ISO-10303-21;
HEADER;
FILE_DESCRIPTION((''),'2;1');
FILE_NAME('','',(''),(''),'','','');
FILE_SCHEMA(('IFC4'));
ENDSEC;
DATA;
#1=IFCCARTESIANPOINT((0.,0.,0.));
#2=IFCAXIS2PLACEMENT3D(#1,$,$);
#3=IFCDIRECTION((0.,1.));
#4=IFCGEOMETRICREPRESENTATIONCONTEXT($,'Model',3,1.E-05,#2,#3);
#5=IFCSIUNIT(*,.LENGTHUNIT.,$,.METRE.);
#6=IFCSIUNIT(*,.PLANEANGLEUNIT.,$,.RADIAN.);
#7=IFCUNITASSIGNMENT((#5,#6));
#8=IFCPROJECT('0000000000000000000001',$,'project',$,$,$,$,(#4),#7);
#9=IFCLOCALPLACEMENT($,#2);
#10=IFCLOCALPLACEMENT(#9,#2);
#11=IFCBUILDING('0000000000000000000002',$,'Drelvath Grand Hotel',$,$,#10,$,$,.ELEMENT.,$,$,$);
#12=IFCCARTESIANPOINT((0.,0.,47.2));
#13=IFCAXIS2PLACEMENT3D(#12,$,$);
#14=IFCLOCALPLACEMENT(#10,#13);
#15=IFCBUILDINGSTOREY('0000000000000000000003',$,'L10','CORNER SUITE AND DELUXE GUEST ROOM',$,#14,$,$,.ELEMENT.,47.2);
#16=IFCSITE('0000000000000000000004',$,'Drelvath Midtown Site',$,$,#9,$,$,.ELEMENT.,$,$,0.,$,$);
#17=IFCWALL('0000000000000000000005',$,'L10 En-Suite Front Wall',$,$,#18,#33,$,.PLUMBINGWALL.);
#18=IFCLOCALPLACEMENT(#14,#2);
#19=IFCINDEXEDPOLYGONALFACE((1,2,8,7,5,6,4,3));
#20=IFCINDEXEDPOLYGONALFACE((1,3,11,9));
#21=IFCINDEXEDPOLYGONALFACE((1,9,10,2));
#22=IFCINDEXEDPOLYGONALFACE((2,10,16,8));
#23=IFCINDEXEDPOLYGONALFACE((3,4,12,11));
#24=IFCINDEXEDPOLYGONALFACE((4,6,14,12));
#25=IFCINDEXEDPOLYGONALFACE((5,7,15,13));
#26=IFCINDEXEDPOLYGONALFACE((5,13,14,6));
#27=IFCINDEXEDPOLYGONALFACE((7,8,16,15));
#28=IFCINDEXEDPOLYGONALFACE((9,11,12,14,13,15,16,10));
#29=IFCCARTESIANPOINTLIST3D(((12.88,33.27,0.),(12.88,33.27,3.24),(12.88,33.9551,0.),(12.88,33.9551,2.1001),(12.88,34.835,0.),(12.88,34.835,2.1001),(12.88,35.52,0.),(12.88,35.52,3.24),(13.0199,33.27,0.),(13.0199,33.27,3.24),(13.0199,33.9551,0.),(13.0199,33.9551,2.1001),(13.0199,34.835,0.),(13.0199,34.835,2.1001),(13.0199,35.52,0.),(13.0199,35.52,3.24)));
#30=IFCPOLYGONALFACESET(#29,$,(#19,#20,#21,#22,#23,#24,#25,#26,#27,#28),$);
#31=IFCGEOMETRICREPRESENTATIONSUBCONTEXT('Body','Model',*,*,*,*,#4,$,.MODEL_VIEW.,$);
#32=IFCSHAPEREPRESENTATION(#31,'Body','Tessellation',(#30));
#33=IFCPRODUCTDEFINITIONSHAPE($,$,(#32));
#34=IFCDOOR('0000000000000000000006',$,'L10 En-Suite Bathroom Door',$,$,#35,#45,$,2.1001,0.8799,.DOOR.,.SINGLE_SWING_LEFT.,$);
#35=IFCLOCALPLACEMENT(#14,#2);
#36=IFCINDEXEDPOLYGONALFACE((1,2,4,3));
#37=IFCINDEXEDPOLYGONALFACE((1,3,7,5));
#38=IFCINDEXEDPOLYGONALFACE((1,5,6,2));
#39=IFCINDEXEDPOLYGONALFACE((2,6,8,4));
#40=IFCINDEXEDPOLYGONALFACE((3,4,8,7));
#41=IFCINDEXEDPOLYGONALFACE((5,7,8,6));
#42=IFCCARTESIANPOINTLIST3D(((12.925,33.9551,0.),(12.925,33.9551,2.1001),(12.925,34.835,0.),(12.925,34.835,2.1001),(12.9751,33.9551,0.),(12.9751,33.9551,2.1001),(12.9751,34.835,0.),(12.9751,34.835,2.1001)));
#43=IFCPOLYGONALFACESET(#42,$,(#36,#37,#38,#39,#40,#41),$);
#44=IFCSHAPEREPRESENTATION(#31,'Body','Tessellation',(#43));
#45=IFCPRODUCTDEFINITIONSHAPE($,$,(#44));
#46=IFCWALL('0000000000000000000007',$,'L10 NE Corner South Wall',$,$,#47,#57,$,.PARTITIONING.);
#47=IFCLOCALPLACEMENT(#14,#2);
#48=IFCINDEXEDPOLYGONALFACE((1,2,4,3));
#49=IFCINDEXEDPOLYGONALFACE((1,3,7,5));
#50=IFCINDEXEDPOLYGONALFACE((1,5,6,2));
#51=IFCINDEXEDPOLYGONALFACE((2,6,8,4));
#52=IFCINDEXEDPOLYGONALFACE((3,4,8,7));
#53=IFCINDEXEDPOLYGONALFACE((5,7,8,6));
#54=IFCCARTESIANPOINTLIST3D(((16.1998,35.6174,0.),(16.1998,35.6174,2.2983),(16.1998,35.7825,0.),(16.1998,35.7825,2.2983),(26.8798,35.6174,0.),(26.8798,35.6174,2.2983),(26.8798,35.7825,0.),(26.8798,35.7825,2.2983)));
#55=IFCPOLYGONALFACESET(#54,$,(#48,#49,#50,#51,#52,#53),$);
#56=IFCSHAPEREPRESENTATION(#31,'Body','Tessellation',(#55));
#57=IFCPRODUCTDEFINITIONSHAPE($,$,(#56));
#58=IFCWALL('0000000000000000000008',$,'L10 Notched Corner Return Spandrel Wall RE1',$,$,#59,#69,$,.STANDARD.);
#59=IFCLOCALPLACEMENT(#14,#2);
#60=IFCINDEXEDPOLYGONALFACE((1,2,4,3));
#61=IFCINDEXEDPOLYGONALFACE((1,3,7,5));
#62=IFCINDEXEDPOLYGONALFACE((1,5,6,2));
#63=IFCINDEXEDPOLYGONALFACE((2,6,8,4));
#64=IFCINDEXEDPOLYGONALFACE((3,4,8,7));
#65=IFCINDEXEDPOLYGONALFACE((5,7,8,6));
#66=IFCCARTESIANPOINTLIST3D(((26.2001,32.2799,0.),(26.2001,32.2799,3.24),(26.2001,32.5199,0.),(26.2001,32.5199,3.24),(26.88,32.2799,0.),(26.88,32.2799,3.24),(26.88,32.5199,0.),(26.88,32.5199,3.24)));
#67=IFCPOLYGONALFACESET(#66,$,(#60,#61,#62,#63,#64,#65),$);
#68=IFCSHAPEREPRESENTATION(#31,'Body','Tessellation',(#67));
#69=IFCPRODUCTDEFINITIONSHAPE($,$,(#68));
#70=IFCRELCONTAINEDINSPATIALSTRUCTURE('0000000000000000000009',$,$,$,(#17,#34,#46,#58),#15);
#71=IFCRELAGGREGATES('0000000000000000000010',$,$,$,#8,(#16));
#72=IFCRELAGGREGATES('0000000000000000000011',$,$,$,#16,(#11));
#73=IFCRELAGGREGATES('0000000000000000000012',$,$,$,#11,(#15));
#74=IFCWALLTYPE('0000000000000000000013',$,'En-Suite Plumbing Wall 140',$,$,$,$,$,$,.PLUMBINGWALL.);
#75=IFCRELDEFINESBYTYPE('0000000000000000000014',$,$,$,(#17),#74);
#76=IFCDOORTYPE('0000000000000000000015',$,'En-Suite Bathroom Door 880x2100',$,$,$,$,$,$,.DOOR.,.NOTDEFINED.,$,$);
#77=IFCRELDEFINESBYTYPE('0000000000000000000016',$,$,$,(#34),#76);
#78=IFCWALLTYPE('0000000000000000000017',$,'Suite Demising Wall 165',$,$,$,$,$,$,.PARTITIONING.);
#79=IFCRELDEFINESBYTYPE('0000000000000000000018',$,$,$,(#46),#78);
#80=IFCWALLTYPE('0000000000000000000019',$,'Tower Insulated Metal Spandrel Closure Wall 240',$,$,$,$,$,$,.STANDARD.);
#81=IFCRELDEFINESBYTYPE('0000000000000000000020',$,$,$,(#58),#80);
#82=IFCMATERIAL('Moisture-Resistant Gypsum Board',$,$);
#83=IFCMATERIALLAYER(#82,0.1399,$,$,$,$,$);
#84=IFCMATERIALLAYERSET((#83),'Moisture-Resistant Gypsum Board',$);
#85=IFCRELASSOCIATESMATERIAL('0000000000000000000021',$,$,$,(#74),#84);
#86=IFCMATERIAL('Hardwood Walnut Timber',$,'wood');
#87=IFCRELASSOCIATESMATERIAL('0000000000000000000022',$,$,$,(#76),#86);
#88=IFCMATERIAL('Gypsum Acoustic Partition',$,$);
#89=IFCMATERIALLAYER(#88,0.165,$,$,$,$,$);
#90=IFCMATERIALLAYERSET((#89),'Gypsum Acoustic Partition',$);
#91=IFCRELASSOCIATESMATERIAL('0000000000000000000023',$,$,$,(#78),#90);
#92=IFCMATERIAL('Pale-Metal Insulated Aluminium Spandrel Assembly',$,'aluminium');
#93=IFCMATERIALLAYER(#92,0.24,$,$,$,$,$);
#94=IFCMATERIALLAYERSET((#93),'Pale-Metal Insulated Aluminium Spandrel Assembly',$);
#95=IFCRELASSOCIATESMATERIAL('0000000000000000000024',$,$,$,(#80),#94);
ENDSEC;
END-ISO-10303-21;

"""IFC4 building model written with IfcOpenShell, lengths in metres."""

from ifc_helpers import new_model, si_unit, direction, frame, frame_2d, origin, place, context, subcontext, project, spatial, rectangle, extrude, material, layer, layer_set, type_object, element, fill, save


model = new_model("IFC4")

# Units and contexts
model_context = context("Model", 3, precision=1e-05, world=origin(), true_north=direction((0.0, 1.0)))
body_context = subcontext(model_context, "Body", "Model", "MODEL_VIEW")
ifc_project = project(units=[si_unit("LENGTHUNIT", "METRE"), si_unit("PLANEANGLEUNIT", "RADIAN")], contexts=[model_context])

# Site, building, storey
site_placement = place(None, origin())
site = spatial("IfcSite", under=ifc_project, at=site_placement, Name="Drelvath Midtown Site", CompositionType="ELEMENT", RefElevation=0.0)
building_placement = place(site_placement, origin())
building = spatial("IfcBuilding", under=site, at=building_placement, Name="Drelvath Grand Hotel", CompositionType="ELEMENT")
storey_placement = place(building_placement, frame((0.0, 0.0, 47.2)))
storey = spatial("IfcBuildingStorey", under=building, at=storey_placement, Name="L10", Description="CORNER SUITE AND DELUXE GUEST ROOM", CompositionType="ELEMENT", Elevation=47.2)

# Shared definitions
ifc_material_1 = material(Name="Hardwood Walnut Timber", Category="wood")

# Shared definitions
ifc_material_2 = material(Name="Moisture-Resistant Gypsum Board")
ifc_layer_1 = layer(ifc_material_2, 0.1399)
ifc_layer_set_1 = layer_set([ifc_layer_1], Name="Moisture-Resistant Gypsum Board")
wall_type_1 = type_object("IfcWallType", Name="En-Suite Plumbing Wall 140", PredefinedType="PLUMBINGWALL", material=ifc_layer_set_1)

# Wall, opening, door
door_type_1 = type_object("IfcDoorType", Name="En-Suite Bathroom Door 880x2100", OperationType="NOTDEFINED", PredefinedType="DOOR", material=ifc_material_1)
wall_1_placement = place(storey_placement, frame((12.95, 33.27, 0.0), z_axis=(0.0, 0.0, 1.0), x_axis=(0.0, 1.0, 0.0)))
wall_1 = element("IfcWall", 1, at=wall_1_placement, inside=storey, type_object=wall_type_1, Name="L10 En-Suite Front Wall", PredefinedType="PLUMBINGWALL", context=body_context, shape_type="SweptSolid", body=[
    extrude(rectangle(XDim=2.25, YDim=0.1399, at=frame_2d((1.125, 0.0))), origin(), (0.0, 0.0, 1.0), 3.24),
])
opening_1_placement = place(wall_1_placement, frame((0.6851, 0.0, 0.0)))
opening_1 = element("IfcOpeningElement", 2, at=opening_1_placement, cuts=wall_1, PredefinedType="OPENING", context=body_context, shape_type="SweptSolid", body=[
    extrude(rectangle(XDim=0.8799, YDim=2.1001, at=frame_2d((0.4399, 1.05))), frame((0.0, 0.0798, 0.0), z_axis=(0.0, -1.0, 0.0), x_axis=(1.0, 0.0, 0.0)), (0.0, 0.0, 1.0), 0.1599),
])
door_1_placement = place(opening_1_placement, origin())
door_1 = element("IfcDoor", 3, at=door_1_placement, inside=storey, type_object=door_type_1, Name="L10 En-Suite Bathroom Door", OperationType="SINGLE_SWING_LEFT", OverallHeight=2.1001, OverallWidth=0.8799, PredefinedType="DOOR", context=body_context, shape_type="SweptSolid", body=[
    extrude(rectangle(XDim=0.8799, YDim=2.1001, at=frame_2d((0.4399, 1.05))), frame((0.0, 0.0249, 0.0), z_axis=(0.0, -1.0, 0.0), x_axis=(1.0, 0.0, 0.0)), (0.0, 0.0, 1.0), 0.05),
])
fill(opening_1, door_1)

# Walls
ifc_material_3 = material(Name="Gypsum Acoustic Partition")
ifc_layer_2 = layer(ifc_material_3, 0.165)
ifc_layer_set_2 = layer_set([ifc_layer_2], Name="Gypsum Acoustic Partition")
wall_type_2 = type_object("IfcWallType", Name="Suite Demising Wall 165", PredefinedType="PARTITIONING", material=ifc_layer_set_2)
wall_2_placement = place(storey_placement, frame((16.2, 35.7, 0.0), z_axis=(0.0, 0.0, 1.0), x_axis=(1.0, 0.0, 0.0)))
element("IfcWall", 4, at=wall_2_placement, inside=storey, type_object=wall_type_2, Name="L10 NE Corner South Wall", PredefinedType="PARTITIONING", context=body_context, shape_type="SweptSolid", body=[
    extrude(rectangle(XDim=10.6799, YDim=0.165, at=frame_2d((5.3398, 0.0))), origin(), (0.0, 0.0, 1.0), 2.2983),
])
ifc_material_4 = material(Name="Pale-Metal Insulated Aluminium Spandrel Assembly", Category="aluminium")
ifc_layer_3 = layer(ifc_material_4, 0.24)
ifc_layer_set_3 = layer_set([ifc_layer_3], Name="Pale-Metal Insulated Aluminium Spandrel Assembly")
wall_type_3 = type_object("IfcWallType", Name="Tower Insulated Metal Spandrel Closure Wall 240", PredefinedType="STANDARD", material=ifc_layer_set_3)
wall_3_placement = place(storey_placement, frame((26.8799, 32.3999, 0.0), z_axis=(0.0, 0.0, 1.0), x_axis=(-1.0, 0.0, 0.0)))
element("IfcWall", 5, at=wall_3_placement, inside=storey, type_object=wall_type_3, Name="L10 Notched Corner Return Spandrel Wall RE1", PredefinedType="STANDARD", context=body_context, shape_type="SweptSolid", body=[
    extrude(rectangle(XDim=0.6799, YDim=0.24, at=frame_2d((0.3398, 0.0))), origin(), (0.0, 0.0, 1.0), 3.24),
])

save(model, "model.ifc")
